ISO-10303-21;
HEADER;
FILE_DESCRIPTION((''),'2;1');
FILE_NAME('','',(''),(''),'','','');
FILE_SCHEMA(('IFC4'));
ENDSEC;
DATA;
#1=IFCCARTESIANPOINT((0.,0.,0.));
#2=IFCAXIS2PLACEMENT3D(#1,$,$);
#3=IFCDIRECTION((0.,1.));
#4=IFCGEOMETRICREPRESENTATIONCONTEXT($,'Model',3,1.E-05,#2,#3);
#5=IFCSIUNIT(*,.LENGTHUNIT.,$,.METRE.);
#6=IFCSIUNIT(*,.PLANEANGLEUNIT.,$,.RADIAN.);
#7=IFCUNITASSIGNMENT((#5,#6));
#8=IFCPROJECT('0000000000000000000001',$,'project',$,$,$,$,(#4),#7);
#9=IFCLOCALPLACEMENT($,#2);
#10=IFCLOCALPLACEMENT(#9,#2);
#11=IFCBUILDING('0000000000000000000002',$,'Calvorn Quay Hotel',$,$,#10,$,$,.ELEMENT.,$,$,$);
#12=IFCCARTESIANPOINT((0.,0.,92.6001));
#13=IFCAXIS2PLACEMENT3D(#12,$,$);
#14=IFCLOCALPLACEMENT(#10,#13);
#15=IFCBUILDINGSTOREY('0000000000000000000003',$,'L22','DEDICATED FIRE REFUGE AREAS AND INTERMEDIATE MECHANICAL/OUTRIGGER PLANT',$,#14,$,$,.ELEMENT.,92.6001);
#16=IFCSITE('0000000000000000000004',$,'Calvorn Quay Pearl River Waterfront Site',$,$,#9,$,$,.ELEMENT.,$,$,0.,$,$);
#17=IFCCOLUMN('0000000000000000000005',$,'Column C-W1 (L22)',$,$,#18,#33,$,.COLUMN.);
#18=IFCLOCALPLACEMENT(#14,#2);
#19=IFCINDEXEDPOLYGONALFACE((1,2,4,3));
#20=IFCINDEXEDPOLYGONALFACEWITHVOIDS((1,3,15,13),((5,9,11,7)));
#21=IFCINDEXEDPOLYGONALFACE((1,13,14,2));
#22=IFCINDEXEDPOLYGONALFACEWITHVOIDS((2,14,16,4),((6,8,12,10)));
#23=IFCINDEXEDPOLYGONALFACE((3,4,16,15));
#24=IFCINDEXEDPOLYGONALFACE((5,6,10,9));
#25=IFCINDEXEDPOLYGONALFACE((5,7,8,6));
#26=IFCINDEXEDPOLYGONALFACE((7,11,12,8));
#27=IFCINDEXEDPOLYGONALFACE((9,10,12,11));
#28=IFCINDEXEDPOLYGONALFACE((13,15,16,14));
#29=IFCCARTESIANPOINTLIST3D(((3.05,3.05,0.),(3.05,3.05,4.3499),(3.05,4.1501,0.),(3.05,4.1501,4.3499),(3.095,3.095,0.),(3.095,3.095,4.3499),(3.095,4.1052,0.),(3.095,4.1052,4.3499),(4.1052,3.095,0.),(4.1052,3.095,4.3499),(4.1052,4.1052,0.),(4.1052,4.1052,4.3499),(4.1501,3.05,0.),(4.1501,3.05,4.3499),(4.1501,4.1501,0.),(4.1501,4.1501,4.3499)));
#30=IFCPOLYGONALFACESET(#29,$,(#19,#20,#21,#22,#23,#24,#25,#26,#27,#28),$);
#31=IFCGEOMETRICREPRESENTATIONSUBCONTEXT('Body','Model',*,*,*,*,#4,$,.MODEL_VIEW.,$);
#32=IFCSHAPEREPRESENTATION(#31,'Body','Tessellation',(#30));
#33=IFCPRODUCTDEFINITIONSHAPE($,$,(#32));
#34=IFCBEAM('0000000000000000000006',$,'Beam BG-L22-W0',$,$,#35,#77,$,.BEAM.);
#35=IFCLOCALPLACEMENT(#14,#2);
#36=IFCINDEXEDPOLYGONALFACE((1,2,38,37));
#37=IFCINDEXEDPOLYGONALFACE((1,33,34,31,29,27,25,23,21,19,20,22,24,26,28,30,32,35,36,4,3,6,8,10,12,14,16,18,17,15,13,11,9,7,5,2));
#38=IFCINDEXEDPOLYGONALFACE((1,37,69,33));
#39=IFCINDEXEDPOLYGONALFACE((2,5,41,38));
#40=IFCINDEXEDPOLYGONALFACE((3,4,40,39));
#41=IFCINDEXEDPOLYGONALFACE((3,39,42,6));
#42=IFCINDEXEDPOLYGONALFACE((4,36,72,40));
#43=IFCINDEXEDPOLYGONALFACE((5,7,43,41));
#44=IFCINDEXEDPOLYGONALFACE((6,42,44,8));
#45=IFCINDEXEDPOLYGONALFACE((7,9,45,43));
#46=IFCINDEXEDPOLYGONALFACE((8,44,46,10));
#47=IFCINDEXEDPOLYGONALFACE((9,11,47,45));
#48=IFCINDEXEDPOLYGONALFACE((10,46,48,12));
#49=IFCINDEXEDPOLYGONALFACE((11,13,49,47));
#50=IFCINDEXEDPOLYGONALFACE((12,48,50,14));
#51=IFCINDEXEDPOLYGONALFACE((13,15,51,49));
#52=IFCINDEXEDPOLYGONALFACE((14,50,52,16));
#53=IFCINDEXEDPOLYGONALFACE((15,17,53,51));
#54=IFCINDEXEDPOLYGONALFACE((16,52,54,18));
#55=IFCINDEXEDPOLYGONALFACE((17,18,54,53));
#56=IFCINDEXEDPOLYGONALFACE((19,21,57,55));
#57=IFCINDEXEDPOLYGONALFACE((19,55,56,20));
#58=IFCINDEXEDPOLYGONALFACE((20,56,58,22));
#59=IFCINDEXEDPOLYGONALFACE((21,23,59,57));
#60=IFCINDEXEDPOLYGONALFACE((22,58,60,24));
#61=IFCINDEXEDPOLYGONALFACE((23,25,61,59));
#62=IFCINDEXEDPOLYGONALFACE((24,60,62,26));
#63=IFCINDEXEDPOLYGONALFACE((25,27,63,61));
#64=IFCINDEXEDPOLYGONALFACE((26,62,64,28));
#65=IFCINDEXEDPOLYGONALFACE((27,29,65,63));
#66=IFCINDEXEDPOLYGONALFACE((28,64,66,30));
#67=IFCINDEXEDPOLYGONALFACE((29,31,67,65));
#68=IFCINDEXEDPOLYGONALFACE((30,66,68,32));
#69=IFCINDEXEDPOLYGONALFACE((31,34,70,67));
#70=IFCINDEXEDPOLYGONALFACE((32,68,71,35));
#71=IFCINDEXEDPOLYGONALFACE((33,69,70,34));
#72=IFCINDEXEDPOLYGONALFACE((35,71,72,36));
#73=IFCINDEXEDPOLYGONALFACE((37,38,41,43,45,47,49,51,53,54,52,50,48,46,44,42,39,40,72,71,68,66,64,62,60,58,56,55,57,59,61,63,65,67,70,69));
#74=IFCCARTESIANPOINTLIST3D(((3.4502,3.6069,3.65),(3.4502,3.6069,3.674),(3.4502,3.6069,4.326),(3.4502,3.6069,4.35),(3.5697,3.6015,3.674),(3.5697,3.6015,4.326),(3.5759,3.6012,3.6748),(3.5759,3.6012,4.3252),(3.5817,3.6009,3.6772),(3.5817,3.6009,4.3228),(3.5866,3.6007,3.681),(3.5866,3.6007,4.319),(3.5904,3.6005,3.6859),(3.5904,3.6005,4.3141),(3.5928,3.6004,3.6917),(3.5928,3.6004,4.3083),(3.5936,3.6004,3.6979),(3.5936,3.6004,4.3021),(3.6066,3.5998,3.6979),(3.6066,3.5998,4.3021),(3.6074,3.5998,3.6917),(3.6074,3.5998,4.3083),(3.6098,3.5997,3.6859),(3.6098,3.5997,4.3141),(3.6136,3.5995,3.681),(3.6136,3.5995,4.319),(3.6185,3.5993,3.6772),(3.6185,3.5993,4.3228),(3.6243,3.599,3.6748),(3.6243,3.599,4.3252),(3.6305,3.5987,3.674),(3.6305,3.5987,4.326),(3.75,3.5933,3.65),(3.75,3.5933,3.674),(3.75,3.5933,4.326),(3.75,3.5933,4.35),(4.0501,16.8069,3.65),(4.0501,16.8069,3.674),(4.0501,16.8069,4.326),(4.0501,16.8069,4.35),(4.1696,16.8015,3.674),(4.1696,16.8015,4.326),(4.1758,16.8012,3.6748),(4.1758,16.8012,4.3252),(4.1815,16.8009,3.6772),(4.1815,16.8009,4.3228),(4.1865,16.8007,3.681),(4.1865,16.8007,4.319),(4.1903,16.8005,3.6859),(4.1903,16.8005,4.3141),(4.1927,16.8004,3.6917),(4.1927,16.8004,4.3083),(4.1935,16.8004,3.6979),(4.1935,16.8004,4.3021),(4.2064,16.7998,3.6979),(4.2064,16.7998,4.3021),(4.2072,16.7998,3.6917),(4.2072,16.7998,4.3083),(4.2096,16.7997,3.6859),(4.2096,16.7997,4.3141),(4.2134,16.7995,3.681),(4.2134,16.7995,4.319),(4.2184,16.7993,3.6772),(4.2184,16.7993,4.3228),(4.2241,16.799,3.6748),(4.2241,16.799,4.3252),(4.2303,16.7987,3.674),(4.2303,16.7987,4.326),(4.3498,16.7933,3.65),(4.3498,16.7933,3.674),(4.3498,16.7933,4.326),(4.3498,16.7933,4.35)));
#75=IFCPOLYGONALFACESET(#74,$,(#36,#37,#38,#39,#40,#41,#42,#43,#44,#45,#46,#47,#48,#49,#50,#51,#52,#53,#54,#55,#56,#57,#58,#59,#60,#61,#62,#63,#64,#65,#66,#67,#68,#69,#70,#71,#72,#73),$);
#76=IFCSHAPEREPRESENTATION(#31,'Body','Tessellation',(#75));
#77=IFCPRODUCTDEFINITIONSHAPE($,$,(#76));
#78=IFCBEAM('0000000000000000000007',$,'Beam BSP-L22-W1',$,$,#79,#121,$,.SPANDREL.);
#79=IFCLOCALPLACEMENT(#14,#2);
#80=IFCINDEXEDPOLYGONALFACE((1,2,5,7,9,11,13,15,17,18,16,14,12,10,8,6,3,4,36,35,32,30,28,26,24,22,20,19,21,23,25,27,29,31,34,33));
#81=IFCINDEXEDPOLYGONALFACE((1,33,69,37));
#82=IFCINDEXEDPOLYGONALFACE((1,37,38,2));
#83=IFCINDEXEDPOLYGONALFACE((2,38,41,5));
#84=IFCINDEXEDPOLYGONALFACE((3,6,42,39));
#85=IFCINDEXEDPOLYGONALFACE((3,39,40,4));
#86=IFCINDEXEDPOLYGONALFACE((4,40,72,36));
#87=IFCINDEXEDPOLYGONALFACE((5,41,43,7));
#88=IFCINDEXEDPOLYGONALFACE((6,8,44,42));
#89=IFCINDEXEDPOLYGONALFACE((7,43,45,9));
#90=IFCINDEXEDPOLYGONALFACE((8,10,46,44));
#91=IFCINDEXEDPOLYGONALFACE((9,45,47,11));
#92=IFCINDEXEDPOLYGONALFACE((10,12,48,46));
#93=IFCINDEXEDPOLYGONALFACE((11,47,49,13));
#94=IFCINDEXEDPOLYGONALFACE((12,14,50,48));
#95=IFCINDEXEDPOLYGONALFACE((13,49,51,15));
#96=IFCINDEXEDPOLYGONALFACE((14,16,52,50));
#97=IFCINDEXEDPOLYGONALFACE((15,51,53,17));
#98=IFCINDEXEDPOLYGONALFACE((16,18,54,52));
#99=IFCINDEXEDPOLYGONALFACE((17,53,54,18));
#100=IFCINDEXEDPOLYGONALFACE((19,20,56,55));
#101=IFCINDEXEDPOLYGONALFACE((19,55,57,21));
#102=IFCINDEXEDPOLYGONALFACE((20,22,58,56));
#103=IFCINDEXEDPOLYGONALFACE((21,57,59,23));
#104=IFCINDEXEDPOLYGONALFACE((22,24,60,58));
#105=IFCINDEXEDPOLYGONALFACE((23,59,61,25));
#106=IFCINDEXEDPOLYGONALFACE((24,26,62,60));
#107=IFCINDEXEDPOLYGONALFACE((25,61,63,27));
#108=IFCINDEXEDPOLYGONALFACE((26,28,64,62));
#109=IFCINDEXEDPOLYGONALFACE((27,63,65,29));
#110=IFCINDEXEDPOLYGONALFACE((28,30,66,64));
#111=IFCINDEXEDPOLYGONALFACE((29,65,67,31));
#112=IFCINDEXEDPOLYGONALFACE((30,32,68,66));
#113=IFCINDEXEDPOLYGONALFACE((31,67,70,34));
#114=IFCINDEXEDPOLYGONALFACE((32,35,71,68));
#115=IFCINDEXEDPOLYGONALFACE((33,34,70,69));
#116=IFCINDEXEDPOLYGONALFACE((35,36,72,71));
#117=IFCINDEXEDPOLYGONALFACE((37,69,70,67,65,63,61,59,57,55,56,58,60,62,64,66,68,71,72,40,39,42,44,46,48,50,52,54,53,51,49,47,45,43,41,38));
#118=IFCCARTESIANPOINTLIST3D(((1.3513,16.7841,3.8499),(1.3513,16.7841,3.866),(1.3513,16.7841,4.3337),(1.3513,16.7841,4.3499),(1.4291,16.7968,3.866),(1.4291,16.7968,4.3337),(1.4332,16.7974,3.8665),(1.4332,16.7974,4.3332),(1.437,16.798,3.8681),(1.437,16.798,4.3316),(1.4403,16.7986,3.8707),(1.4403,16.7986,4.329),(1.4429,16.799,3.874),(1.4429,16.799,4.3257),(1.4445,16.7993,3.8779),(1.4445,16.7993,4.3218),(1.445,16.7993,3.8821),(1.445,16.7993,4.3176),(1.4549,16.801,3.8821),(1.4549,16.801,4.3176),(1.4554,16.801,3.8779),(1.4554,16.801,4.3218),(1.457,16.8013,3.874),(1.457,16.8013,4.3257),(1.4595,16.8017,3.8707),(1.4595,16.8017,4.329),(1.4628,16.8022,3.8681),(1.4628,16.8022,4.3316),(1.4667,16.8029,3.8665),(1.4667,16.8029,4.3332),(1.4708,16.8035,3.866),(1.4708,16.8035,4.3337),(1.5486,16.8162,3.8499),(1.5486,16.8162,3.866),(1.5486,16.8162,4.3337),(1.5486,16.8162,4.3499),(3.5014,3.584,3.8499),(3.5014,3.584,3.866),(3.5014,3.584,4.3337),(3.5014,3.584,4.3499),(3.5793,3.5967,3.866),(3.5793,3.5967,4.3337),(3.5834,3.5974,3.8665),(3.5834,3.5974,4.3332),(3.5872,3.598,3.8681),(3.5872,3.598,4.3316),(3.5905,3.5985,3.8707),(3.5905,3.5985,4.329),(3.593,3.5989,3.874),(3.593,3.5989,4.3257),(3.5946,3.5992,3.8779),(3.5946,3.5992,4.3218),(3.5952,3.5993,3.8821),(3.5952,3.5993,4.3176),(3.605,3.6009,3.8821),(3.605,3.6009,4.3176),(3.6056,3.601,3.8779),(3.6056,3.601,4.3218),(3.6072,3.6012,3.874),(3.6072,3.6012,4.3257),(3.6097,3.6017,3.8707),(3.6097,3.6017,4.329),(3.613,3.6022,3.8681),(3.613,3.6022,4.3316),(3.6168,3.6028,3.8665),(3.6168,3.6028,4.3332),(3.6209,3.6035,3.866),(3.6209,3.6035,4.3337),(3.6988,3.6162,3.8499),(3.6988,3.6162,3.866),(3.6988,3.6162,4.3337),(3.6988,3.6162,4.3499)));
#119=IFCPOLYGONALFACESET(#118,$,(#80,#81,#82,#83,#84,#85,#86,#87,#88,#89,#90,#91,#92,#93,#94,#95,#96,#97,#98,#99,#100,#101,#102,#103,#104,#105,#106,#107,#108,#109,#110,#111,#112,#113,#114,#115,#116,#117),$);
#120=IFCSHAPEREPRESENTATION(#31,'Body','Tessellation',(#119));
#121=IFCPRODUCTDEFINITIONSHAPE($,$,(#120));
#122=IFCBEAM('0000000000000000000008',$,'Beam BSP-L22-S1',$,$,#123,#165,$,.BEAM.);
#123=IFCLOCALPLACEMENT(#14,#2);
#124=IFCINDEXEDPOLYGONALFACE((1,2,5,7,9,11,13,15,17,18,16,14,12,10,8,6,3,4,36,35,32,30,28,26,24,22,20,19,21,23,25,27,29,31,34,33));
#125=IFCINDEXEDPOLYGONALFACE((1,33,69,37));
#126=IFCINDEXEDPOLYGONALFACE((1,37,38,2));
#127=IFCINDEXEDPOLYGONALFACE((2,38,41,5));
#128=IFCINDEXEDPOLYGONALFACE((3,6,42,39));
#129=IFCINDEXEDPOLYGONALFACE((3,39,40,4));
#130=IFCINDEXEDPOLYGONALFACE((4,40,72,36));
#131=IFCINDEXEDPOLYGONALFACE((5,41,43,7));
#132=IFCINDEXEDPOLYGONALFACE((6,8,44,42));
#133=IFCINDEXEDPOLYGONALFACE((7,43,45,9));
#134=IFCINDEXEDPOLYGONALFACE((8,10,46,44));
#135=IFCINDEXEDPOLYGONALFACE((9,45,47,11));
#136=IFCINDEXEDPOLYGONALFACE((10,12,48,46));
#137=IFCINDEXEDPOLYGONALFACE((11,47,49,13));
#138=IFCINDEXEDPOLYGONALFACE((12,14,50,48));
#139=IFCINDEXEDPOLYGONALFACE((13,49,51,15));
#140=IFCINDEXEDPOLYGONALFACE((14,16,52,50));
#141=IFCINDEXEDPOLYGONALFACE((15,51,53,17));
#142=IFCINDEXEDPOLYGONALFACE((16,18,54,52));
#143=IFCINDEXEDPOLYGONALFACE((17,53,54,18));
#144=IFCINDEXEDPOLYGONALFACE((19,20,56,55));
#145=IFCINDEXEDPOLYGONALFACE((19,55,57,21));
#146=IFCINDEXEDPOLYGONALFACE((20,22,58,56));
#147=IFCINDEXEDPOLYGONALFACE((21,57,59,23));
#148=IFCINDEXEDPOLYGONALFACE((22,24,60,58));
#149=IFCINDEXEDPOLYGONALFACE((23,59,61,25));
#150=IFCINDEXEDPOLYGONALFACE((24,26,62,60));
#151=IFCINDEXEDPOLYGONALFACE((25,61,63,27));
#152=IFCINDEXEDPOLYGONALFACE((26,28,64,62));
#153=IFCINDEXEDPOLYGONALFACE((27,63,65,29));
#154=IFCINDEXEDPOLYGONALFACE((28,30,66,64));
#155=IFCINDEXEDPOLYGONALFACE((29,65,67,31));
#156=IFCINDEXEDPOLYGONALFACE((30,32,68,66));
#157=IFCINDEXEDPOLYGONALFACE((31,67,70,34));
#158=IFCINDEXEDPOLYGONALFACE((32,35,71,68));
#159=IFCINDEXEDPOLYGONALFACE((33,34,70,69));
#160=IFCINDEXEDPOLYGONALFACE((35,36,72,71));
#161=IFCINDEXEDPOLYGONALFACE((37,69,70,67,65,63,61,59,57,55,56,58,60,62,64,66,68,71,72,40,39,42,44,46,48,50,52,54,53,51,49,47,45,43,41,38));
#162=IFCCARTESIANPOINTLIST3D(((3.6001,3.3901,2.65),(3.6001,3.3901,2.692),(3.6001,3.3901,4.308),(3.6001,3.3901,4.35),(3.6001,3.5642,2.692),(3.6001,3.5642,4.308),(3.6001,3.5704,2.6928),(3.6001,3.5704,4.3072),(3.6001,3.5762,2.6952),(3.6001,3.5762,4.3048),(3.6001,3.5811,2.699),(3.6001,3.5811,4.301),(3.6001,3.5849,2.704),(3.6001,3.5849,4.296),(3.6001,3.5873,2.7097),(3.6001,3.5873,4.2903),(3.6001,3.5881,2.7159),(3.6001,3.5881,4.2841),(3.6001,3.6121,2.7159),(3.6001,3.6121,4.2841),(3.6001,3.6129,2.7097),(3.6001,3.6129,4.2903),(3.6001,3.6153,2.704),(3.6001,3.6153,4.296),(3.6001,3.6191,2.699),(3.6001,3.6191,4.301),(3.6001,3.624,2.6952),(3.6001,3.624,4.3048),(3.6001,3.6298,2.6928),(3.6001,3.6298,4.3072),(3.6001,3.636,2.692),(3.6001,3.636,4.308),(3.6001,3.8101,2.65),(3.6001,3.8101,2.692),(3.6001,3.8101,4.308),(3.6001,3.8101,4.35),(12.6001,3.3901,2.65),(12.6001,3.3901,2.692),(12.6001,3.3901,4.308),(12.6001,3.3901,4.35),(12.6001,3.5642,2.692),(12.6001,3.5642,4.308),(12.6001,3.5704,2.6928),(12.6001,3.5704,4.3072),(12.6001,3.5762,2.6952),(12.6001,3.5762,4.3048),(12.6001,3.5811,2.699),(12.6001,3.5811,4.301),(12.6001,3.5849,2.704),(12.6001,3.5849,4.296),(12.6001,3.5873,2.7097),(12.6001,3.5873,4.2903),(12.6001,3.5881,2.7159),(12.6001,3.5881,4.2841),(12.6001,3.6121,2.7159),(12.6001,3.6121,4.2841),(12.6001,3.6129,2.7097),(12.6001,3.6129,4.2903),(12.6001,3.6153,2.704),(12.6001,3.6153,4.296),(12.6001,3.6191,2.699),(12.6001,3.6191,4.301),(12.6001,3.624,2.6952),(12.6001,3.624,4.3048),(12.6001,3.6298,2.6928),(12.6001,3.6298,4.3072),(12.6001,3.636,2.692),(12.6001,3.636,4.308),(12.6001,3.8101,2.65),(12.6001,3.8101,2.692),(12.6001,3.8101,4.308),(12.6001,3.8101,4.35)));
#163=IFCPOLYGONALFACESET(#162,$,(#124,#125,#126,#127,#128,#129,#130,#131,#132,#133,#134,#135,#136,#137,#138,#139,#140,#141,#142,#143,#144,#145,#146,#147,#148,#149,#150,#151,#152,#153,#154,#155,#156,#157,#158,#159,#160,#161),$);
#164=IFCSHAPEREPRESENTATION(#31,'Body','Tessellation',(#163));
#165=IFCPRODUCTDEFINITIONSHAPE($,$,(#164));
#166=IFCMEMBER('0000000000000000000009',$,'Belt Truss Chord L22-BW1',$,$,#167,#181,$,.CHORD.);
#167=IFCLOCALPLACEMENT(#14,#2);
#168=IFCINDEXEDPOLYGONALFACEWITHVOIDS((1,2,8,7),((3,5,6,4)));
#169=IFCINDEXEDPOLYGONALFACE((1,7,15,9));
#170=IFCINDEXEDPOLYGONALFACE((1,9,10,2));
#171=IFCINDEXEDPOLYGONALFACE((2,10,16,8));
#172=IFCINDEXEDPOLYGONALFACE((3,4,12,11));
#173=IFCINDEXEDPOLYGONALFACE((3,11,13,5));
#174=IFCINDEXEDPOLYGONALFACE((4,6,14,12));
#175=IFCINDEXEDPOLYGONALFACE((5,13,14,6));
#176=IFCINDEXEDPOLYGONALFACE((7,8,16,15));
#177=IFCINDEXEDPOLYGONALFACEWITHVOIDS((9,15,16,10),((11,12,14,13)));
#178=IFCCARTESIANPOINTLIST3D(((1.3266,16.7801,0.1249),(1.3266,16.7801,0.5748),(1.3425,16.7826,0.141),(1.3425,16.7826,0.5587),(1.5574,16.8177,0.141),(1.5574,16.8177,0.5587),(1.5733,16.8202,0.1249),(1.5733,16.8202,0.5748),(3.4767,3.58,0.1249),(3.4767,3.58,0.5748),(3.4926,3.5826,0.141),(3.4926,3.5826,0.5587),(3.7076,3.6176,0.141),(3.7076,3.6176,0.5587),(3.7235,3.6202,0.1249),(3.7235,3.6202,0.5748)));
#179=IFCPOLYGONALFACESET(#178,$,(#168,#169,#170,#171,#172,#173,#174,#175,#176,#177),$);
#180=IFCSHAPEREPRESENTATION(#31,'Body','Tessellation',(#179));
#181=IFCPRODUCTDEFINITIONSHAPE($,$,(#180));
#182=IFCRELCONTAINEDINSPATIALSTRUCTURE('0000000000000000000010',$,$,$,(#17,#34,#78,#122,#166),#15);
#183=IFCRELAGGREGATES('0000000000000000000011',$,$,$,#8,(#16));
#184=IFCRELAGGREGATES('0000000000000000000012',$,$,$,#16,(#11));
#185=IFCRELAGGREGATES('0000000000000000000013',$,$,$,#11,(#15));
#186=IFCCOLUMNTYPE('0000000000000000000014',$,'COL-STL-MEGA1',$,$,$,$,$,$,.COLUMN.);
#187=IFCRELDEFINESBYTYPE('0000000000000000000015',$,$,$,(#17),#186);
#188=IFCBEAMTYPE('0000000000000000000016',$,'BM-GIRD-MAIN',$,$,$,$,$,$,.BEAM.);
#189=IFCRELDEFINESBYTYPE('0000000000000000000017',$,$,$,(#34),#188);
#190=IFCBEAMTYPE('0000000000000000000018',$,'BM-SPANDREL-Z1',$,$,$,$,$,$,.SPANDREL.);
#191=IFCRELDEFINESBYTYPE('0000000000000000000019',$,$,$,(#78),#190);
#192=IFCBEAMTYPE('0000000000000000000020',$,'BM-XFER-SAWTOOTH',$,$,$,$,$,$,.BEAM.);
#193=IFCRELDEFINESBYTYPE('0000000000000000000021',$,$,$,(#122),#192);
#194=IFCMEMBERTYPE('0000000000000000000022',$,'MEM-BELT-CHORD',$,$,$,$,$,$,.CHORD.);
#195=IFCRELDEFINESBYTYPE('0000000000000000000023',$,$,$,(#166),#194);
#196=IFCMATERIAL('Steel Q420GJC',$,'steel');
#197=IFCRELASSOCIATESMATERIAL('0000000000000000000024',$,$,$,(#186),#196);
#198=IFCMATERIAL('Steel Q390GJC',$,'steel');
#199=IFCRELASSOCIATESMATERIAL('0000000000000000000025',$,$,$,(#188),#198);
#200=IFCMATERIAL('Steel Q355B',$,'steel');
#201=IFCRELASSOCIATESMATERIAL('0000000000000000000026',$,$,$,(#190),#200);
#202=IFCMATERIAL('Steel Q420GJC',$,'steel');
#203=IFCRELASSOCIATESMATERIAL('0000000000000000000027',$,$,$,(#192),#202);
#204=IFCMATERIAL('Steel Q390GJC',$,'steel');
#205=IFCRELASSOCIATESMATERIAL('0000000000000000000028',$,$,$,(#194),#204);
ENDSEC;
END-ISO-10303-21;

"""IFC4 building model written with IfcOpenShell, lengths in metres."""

from ifc_helpers import new_model, si_unit, direction, frame, origin, origin_2d, place, context, subcontext, project, spatial, hollow_rectangle, i_section, extrude, material, material_profile, profile_set, type_object, element, save


model = new_model("IFC4")

# Units and contexts
model_context = context("Model", 3, precision=1e-05, world=origin(), true_north=direction((0.0, 1.0)))
body_context = subcontext(model_context, "Body", "Model", "MODEL_VIEW")
ifc_project = project(units=[si_unit("LENGTHUNIT", "METRE"), si_unit("PLANEANGLEUNIT", "RADIAN")], contexts=[model_context])

# Site, building, storey
site_placement = place(None, origin())
site = spatial("IfcSite", under=ifc_project, at=site_placement, Name="Calvorn Quay Pearl River Waterfront Site", CompositionType="ELEMENT", RefElevation=0.0)
building_placement = place(site_placement, origin())
building = spatial("IfcBuilding", under=site, at=building_placement, Name="Calvorn Quay Hotel", CompositionType="ELEMENT")
storey_placement = place(building_placement, frame((0.0, 0.0, 92.6001)))
storey = spatial("IfcBuildingStorey", under=building, at=storey_placement, Name="L22", Description="DEDICATED FIRE REFUGE AREAS AND INTERMEDIATE MECHANICAL/OUTRIGGER PLANT", CompositionType="ELEMENT", Elevation=92.6001)

# Column
ifc_material_1 = material(Name="Steel Q420GJC", Category="steel")
ifc_material_profile_1 = material_profile(ifc_material_1, hollow_rectangle(XDim=1.1001, YDim=1.1001, WallThickness=0.0449, at=origin_2d()), Name="BOX1100x1100x45")
ifc_profile_set_1 = profile_set([ifc_material_profile_1], Name="Steel Q420GJC")
column_type = type_object("IfcColumnType", Name="COL-STL-MEGA1", PredefinedType="COLUMN", material=ifc_profile_set_1)
column_placement = place(storey_placement, frame((3.6001, 3.6001, 0.0), z_axis=(0.0, 0.0, 1.0), x_axis=(1.0, 0.0, 0.0)))
element("IfcColumn", 1, at=column_placement, inside=storey, type_object=column_type, Name="Column C-W1 (L22)", PredefinedType="COLUMN", context=body_context, shape_type="SweptSolid", body=[
    extrude(hollow_rectangle(XDim=1.1001, YDim=1.1001, WallThickness=0.0449, at=origin_2d()), origin(), (0.0, 0.0, 1.0), 4.3499),
])

# Beams
ifc_material_2 = material(Name="Steel Q390GJC", Category="steel")
ifc_material_profile_2 = material_profile(ifc_material_2, i_section(OverallWidth=0.3, OverallDepth=0.7, WebThickness=0.0129, FlangeThickness=0.0239, FilletRadius=0.0239, at=origin_2d()), Name="HN700x300x13x24")
ifc_profile_set_2 = profile_set([ifc_material_profile_2], Name="Steel Q390GJC")
beam_type_1 = type_object("IfcBeamType", Name="BM-GIRD-MAIN", PredefinedType="BEAM", material=ifc_profile_set_2)
beam_1_placement = place(storey_placement, frame((3.6001, 3.6001, 4.0), z_axis=(0.045397, 0.998969, 0.0), x_axis=(-0.998969, 0.045397, 0.0)))
element("IfcBeam", 2, at=beam_1_placement, inside=storey, type_object=beam_type_1, Name="Beam BG-L22-W0", PredefinedType="BEAM", context=body_context, shape_type="SweptSolid", body=[
    extrude(i_section(OverallWidth=0.3, OverallDepth=0.7, WebThickness=0.0129, FlangeThickness=0.0239, FilletRadius=0.0239, at=origin_2d()), origin(), (0.0, 0.0, 1.0), 13.2136),
])
ifc_material_3 = material(Name="Steel Q355B", Category="steel")
ifc_material_profile_3 = material_profile(ifc_material_3, i_section(OverallWidth=0.2, OverallDepth=0.5, WebThickness=0.01, FlangeThickness=0.0161, FilletRadius=0.0161, at=origin_2d()), Name="HN500x200x10x16")
ifc_profile_set_3 = profile_set([ifc_material_profile_3], Name="Steel Q355B")
beam_type_2 = type_object("IfcBeamType", Name="BM-SPANDREL-Z1", PredefinedType="SPANDREL", material=ifc_profile_set_3)
beam_2_placement = place(storey_placement, frame((3.6001, 3.6001, 4.0999), z_axis=(-0.160772, 0.986992, 0.0), x_axis=(-0.986992, -0.160772, 0.0)))
element("IfcBeam", 3, at=beam_2_placement, inside=storey, type_object=beam_type_2, Name="Beam BSP-L22-W1", PredefinedType="SPANDREL", context=body_context, shape_type="SweptSolid", body=[
    extrude(i_section(OverallWidth=0.2, OverallDepth=0.5, WebThickness=0.01, FlangeThickness=0.0161, FilletRadius=0.0161, at=origin_2d()), origin(), (0.0, 0.0, 1.0), 13.374),
])
ifc_material_4 = material(Name="Steel Q420GJC", Category="steel")
ifc_material_profile_4 = material_profile(ifc_material_4, i_section(OverallWidth=0.4199, OverallDepth=1.7, WebThickness=0.0239, FlangeThickness=0.042, FilletRadius=0.0239, at=origin_2d()), Name="HN1700x420x24x42")
ifc_profile_set_4 = profile_set([ifc_material_profile_4], Name="Steel Q420GJC")
beam_type_3 = type_object("IfcBeamType", Name="BM-XFER-SAWTOOTH", PredefinedType="BEAM", material=ifc_profile_set_4)
beam_3_placement = place(storey_placement, frame((3.6001, 3.6001, 3.5), z_axis=(1.0, 0.0, 0.0), x_axis=(0.0, 1.0, 0.0)))
element("IfcBeam", 4, at=beam_3_placement, inside=storey, type_object=beam_type_3, Name="Beam BSP-L22-S1", PredefinedType="BEAM", context=body_context, shape_type="SweptSolid", body=[
    extrude(i_section(OverallWidth=0.4199, OverallDepth=1.7, WebThickness=0.0239, FlangeThickness=0.042, FilletRadius=0.0239, at=origin_2d()), origin(), (0.0, 0.0, 1.0), 9.0),
])

# Member
ifc_material_5 = material(Name="Steel Q390GJC", Category="steel")
ifc_material_profile_5 = material_profile(ifc_material_5, hollow_rectangle(XDim=0.25, YDim=0.45, WallThickness=0.0161, at=origin_2d()), Name="RHS450x250x16")
ifc_profile_set_5 = profile_set([ifc_material_profile_5], Name="Steel Q390GJC")
member_type_1 = type_object("IfcMemberType", Name="MEM-BELT-CHORD", PredefinedType="CHORD", material=ifc_profile_set_5)
member_1_placement = place(storey_placement, frame((3.6001, 3.6001, 0.3499), z_axis=(-0.160772, 0.986992, 0.0), x_axis=(-0.986992, -0.160772, 0.0)))
element("IfcMember", 5, at=member_1_placement, inside=storey, type_object=member_type_1, Name="Belt Truss Chord L22-BW1", PredefinedType="CHORD", context=body_context, shape_type="SweptSolid", body=[
    extrude(hollow_rectangle(XDim=0.25, YDim=0.45, WallThickness=0.0161, at=origin_2d()), origin(), (0.0, 0.0, 1.0), 13.374),
])

save(model, "model.ifc")
